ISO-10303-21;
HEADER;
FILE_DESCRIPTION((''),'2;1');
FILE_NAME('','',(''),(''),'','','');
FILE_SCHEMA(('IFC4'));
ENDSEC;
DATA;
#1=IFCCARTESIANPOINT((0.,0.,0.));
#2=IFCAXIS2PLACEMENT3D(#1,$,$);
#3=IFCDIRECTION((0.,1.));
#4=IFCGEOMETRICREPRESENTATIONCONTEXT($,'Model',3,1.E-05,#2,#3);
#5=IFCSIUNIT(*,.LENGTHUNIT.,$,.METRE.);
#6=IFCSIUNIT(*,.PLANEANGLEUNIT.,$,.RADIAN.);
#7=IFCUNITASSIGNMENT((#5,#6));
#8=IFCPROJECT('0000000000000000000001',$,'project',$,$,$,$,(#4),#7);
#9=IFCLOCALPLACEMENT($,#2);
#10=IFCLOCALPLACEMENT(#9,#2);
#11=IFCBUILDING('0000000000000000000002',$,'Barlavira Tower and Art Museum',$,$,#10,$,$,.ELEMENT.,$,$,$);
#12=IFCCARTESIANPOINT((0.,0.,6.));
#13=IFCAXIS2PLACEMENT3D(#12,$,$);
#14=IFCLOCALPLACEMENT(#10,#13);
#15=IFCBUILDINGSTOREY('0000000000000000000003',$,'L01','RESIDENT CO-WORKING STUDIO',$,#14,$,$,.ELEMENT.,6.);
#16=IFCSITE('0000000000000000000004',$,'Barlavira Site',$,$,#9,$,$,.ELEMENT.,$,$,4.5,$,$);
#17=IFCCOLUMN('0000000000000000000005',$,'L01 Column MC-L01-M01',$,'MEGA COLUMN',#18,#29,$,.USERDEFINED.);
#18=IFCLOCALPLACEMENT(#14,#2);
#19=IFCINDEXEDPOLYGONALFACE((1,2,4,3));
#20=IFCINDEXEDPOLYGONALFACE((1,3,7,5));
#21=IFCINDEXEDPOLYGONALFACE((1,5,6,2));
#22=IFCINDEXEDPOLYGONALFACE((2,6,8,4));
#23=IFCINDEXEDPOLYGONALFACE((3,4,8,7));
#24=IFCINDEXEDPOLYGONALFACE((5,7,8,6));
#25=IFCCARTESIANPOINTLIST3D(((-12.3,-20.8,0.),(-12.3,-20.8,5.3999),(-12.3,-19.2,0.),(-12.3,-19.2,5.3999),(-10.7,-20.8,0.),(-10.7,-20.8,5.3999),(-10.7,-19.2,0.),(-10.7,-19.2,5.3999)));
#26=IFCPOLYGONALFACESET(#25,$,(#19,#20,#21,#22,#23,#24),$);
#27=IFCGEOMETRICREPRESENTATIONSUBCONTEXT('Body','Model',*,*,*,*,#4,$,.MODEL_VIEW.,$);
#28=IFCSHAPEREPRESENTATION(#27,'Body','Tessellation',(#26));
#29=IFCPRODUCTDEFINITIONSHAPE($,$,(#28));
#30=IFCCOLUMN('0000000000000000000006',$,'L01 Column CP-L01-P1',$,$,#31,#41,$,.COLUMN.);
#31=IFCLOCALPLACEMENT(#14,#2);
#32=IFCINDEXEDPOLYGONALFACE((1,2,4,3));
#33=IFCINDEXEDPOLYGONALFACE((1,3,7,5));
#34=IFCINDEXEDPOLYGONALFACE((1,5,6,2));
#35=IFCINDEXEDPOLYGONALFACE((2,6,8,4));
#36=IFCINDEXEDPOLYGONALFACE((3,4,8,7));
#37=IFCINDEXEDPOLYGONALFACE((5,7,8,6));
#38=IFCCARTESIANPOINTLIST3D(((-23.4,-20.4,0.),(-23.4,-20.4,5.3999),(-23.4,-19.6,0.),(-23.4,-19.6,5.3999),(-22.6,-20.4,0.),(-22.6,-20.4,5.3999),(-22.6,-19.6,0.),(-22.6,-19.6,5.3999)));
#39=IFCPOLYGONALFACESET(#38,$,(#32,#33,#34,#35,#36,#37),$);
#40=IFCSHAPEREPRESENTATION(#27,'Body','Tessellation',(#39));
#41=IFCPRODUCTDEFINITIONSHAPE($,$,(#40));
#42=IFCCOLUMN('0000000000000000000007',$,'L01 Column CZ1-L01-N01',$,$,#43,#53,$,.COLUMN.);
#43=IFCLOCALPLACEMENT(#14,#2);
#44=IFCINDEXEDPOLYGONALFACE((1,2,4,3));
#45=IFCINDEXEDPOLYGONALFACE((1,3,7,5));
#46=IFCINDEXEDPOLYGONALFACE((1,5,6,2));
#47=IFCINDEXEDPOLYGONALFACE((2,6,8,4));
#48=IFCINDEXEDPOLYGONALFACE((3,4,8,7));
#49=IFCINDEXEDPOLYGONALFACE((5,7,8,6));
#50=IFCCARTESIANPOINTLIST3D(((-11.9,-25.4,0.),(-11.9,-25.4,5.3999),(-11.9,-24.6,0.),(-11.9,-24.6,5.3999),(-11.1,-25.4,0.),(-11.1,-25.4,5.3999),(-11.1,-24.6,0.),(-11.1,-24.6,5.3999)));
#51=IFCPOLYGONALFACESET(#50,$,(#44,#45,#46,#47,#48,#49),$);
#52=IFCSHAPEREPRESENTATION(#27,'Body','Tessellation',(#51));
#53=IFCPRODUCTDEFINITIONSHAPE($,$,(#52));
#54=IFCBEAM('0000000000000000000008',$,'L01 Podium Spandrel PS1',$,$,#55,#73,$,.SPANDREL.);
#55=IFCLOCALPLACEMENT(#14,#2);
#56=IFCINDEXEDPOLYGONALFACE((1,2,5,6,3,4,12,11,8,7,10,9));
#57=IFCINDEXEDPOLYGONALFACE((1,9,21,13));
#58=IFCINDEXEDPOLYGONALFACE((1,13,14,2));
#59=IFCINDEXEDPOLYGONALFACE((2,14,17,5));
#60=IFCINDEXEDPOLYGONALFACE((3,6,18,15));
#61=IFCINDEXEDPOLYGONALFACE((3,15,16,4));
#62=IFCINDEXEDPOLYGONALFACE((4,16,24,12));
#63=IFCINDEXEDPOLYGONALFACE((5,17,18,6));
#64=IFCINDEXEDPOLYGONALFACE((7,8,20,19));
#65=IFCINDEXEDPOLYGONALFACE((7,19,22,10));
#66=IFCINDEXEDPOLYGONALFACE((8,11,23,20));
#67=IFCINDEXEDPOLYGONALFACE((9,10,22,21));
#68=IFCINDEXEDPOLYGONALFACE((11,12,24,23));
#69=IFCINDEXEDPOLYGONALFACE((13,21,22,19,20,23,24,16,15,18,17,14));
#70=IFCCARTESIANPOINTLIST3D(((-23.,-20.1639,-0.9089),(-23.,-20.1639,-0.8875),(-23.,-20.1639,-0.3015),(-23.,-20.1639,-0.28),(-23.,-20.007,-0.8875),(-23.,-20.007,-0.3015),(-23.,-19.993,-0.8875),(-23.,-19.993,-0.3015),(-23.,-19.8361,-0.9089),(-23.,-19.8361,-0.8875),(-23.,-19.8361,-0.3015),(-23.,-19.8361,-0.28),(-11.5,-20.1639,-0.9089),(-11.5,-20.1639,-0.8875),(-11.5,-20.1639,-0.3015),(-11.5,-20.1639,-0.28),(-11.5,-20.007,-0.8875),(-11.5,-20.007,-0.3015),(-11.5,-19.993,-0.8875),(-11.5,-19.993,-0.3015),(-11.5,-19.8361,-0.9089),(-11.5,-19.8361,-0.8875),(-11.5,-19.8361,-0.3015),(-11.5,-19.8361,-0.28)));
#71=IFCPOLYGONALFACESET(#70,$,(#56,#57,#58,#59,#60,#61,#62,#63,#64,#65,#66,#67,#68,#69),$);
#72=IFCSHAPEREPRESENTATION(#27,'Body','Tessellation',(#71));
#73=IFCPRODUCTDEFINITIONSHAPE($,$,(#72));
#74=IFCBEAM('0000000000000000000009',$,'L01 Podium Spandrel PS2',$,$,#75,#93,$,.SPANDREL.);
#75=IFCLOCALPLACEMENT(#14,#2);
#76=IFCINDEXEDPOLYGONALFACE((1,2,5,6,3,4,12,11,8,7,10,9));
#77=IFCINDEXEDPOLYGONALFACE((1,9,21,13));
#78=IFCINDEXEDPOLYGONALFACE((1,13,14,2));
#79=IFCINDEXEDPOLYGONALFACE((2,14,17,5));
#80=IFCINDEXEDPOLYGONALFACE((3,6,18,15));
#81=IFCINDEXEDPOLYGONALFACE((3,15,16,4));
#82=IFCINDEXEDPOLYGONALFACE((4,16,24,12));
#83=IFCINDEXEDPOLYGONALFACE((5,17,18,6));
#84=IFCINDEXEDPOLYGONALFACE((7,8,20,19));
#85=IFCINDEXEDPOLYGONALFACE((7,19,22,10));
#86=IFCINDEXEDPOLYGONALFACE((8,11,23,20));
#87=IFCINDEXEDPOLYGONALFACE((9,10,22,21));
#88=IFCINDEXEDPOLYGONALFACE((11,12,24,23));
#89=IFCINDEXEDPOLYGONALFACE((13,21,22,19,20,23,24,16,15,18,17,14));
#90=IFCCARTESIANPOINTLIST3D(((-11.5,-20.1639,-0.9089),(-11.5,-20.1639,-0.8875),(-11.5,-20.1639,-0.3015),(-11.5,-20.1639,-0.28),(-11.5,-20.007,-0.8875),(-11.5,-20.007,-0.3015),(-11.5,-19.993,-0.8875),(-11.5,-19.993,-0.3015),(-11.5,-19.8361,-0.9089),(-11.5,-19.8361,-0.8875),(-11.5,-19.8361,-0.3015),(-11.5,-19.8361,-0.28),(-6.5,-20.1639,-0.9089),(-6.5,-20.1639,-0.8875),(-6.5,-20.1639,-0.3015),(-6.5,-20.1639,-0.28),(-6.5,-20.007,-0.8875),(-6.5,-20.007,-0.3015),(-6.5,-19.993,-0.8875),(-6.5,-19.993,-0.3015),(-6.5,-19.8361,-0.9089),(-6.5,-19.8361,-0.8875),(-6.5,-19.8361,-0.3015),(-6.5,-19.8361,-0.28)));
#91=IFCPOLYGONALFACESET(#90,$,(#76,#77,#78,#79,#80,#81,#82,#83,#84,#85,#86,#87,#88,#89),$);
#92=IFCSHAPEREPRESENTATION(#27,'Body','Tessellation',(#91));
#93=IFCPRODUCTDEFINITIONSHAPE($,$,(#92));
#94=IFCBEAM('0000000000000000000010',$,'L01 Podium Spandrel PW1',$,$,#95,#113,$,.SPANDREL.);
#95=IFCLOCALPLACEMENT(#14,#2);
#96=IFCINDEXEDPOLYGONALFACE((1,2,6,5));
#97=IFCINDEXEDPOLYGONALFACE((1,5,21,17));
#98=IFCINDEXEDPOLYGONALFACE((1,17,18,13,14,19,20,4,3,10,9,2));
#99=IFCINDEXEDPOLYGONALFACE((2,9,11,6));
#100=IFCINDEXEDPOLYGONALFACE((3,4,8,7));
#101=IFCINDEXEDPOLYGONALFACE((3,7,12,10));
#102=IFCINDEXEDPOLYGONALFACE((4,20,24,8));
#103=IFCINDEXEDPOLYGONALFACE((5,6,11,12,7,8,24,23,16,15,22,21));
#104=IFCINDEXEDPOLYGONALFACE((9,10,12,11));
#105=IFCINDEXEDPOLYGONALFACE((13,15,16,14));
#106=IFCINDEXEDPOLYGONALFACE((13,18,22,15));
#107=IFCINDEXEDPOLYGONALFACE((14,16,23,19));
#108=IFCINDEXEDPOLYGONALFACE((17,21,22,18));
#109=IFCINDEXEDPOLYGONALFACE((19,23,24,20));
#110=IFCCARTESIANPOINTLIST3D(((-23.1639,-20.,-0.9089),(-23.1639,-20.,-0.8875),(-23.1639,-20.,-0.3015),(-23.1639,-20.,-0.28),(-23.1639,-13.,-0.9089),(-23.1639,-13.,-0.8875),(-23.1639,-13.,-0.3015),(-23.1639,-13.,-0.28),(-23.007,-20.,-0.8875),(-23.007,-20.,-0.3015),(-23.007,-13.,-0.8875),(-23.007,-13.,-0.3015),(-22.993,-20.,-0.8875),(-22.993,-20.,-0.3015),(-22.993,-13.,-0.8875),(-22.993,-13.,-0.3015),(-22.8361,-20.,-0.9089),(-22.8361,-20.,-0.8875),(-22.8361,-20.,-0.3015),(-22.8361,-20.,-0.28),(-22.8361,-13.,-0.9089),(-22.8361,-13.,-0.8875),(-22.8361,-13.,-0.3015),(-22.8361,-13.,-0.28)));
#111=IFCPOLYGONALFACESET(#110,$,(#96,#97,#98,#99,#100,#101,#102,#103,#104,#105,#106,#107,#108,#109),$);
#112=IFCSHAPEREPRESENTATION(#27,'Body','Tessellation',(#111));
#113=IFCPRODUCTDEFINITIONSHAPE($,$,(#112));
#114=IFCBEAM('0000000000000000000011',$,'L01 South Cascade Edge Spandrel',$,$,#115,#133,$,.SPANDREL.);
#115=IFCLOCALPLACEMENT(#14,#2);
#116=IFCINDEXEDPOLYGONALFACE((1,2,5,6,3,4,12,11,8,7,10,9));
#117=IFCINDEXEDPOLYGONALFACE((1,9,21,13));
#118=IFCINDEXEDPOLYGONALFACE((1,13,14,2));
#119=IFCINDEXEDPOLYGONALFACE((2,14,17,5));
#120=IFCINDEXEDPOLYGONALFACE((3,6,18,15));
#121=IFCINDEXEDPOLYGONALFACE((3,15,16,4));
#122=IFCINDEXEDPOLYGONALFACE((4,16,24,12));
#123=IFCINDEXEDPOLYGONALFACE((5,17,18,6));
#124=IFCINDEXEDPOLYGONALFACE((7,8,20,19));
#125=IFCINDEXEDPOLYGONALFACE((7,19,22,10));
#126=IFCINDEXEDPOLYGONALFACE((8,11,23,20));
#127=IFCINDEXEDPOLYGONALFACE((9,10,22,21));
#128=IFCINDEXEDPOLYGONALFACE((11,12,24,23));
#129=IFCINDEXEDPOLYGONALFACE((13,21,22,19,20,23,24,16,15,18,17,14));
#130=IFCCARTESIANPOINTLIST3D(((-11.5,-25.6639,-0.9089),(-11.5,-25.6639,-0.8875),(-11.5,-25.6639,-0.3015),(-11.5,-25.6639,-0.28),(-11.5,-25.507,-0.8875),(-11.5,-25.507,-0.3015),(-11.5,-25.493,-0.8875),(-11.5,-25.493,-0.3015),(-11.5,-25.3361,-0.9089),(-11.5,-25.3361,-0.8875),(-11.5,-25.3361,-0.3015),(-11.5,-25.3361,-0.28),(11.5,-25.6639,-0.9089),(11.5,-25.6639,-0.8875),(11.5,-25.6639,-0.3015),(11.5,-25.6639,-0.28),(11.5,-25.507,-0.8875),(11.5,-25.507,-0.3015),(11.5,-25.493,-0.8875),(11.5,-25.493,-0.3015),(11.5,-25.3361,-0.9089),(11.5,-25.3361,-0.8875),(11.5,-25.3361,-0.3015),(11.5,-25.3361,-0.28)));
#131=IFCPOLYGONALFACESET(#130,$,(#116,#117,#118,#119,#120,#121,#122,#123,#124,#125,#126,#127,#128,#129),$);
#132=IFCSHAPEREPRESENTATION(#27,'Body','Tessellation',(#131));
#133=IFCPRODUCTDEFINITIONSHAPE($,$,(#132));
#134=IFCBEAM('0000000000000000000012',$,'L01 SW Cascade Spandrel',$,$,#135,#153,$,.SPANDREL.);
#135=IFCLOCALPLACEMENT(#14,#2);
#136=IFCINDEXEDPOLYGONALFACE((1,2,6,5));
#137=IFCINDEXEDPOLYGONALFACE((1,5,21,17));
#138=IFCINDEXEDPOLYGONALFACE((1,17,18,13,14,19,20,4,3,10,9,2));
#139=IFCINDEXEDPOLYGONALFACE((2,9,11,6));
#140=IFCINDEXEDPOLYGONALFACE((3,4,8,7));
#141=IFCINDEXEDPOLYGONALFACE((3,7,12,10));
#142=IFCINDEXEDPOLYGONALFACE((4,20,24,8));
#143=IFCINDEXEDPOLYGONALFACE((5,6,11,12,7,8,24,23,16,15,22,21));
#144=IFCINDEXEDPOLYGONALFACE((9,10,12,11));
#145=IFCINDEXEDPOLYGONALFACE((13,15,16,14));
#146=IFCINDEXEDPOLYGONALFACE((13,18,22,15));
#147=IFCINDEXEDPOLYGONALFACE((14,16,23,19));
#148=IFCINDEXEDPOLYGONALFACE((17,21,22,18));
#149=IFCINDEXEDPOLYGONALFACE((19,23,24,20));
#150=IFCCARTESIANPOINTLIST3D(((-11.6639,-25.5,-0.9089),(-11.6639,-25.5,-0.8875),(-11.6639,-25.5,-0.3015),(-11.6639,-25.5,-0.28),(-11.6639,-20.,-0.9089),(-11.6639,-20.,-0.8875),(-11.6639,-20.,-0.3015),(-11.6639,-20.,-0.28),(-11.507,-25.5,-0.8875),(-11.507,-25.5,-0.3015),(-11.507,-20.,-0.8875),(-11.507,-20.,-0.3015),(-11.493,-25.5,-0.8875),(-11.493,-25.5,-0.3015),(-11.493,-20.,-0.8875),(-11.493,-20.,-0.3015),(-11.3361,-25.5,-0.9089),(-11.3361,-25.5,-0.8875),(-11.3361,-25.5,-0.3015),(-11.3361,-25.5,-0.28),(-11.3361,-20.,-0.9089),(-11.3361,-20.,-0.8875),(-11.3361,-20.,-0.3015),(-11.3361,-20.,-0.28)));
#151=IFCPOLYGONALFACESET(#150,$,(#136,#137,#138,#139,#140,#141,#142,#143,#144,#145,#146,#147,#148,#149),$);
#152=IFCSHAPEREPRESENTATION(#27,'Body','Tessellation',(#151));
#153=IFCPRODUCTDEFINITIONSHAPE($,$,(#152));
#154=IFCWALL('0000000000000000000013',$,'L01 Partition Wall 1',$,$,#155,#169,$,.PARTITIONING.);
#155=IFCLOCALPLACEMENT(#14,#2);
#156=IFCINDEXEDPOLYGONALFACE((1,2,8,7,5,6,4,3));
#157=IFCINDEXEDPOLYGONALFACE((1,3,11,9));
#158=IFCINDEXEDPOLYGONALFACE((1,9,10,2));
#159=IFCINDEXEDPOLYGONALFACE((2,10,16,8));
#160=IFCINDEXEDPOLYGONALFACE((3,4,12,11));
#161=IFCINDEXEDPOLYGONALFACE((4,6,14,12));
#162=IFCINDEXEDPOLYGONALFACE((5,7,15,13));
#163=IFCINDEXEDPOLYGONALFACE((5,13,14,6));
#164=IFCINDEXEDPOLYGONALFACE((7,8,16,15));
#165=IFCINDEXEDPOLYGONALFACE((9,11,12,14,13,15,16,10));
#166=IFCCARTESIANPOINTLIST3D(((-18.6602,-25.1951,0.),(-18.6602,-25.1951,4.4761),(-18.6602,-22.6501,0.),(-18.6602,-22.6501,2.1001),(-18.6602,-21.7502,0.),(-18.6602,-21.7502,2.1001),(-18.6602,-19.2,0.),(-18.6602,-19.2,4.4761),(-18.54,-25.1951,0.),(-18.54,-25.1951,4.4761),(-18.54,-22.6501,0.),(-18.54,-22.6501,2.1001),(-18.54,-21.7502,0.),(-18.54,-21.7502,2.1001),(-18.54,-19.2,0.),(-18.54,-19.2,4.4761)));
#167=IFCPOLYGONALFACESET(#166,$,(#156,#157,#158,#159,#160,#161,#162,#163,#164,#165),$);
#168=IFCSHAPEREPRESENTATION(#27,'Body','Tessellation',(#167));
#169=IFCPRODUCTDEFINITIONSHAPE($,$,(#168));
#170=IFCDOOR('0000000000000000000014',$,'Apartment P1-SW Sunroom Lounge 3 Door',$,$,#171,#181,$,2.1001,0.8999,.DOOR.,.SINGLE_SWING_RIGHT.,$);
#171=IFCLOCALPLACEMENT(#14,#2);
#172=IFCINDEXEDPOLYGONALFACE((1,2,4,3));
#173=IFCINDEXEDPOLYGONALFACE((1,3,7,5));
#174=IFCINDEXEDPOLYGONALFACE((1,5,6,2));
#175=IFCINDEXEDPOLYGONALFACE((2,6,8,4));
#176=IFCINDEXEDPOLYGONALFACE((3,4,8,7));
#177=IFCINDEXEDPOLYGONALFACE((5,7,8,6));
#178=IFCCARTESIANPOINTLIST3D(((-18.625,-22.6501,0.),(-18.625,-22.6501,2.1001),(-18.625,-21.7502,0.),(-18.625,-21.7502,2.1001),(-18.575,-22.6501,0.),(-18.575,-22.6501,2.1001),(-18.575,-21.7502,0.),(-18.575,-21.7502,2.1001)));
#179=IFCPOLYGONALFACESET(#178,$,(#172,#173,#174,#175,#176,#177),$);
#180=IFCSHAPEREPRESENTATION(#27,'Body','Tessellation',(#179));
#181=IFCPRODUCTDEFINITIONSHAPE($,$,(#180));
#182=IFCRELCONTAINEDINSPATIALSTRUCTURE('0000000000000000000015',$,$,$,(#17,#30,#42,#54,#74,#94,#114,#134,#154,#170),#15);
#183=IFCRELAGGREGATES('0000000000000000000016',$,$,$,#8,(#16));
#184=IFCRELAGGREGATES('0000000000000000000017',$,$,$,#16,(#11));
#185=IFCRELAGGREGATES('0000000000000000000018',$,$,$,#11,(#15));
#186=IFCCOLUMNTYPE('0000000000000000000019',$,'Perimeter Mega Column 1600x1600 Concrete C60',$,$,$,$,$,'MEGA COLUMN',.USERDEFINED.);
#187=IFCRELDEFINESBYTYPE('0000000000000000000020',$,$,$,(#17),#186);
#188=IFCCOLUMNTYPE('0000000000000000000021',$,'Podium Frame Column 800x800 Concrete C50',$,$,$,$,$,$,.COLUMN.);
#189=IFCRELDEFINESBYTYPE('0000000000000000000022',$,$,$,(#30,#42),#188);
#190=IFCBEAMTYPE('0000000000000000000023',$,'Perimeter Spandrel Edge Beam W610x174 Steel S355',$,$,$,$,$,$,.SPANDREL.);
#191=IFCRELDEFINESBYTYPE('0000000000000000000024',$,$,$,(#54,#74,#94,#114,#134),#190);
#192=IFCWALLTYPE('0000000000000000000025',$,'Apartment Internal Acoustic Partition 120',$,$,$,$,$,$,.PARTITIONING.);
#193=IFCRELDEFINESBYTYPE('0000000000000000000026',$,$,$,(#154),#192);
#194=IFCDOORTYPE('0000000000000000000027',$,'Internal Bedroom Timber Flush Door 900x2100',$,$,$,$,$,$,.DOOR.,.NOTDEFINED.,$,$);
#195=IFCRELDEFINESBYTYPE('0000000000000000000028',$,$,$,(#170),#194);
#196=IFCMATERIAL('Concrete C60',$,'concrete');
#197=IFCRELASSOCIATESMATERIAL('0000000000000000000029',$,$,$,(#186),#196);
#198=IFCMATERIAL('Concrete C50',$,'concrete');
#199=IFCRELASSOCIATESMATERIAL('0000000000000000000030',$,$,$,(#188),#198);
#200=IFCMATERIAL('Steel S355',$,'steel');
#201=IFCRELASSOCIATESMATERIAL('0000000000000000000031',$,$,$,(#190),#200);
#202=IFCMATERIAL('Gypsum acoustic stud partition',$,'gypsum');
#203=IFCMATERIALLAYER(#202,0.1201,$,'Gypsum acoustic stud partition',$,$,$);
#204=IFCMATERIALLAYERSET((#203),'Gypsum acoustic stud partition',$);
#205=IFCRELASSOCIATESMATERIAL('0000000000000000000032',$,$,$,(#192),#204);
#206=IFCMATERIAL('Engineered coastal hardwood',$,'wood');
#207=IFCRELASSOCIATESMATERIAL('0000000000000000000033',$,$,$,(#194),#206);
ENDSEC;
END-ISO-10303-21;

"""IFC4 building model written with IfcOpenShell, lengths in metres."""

from ifc_helpers import new_model, si_unit, direction, frame, frame_2d, origin, origin_2d, place, context, subcontext, project, spatial, rectangle, i_section, extrude, material, layer, layer_set, material_profile, profile_set, type_object, element, fill, save


model = new_model("IFC4")

# Units and contexts
model_context = context("Model", 3, precision=1e-05, world=origin(), true_north=direction((0.0, 1.0)))
body_context = subcontext(model_context, "Body", "Model", "MODEL_VIEW")
ifc_project = project(units=[si_unit("LENGTHUNIT", "METRE"), si_unit("PLANEANGLEUNIT", "RADIAN")], contexts=[model_context])

# Site, building, storey
site_placement = place(None, origin())
site = spatial("IfcSite", under=ifc_project, at=site_placement, Name="Barlavira Site", CompositionType="ELEMENT", RefElevation=4.5)
building_placement = place(site_placement, origin())
building = spatial("IfcBuilding", under=site, at=building_placement, Name="Barlavira Tower and Art Museum", CompositionType="ELEMENT")
storey_placement = place(building_placement, frame((0.0, 0.0, 6.0)))
storey = spatial("IfcBuildingStorey", under=building, at=storey_placement, Name="L01", Description="RESIDENT CO-WORKING STUDIO", CompositionType="ELEMENT", Elevation=6.0)

# Columns
ifc_material_1 = material(Name="Concrete C60", Category="concrete")
ifc_material_profile_1 = material_profile(ifc_material_1, rectangle(XDim=1.6001, YDim=1.6001, at=origin_2d()), Name="RC-MCOL 1600x1600")
ifc_profile_set_1 = profile_set([ifc_material_profile_1], Name="Concrete C60")
column_type_1 = type_object("IfcColumnType", Name="Perimeter Mega Column 1600x1600 Concrete C60", ElementType="MEGA COLUMN", PredefinedType="USERDEFINED", material=ifc_profile_set_1)
column_placement = place(storey_placement, frame((-11.5, -20.0, 0.0), z_axis=(0.0, 0.0, 1.0), x_axis=(1.0, 0.0, 0.0)))
element("IfcColumn", 1, at=column_placement, inside=storey, type_object=column_type_1, Name="L01 Column MC-L01-M01", ObjectType="MEGA COLUMN", PredefinedType="USERDEFINED", context=body_context, shape_type="SweptSolid", body=[
    extrude(rectangle(XDim=1.6001, YDim=1.6001, at=origin_2d()), origin(), (0.0, 0.0, 1.0), 5.3999),
])
ifc_material_2 = material(Name="Concrete C50", Category="concrete")
ifc_material_profile_2 = material_profile(ifc_material_2, rectangle(XDim=0.8, YDim=0.8, at=origin_2d()), Name="RC-COL 800x800")
ifc_profile_set_2 = profile_set([ifc_material_profile_2], Name="Concrete C50")
column_type_2 = type_object("IfcColumnType", Name="Podium Frame Column 800x800 Concrete C50", PredefinedType="COLUMN", material=ifc_profile_set_2)
for number, where, z_axis, x_axis, name in (
    (2, (-23.0, -20.0, 0.0), (0.0, 0.0, 1.0), (1.0, 0.0, 0.0), "L01 Column CP-L01-P1"),
    (3, (-11.5, -25.0, 0.0), (0.0, 0.0, 1.0), (1.0, 0.0, 0.0), "L01 Column CZ1-L01-N01"),
):
    element("IfcColumn", number, at=place(storey_placement, frame(where, z_axis=z_axis, x_axis=x_axis)), inside=storey, type_object=column_type_2, Name=name, PredefinedType="COLUMN", context=body_context, shape_type="SweptSolid", body=[
        extrude(rectangle(XDim=0.8, YDim=0.8, at=origin_2d()), origin(), (0.0, 0.0, 1.0), 5.3999),
    ])

# Beams
ifc_material_3 = material(Name="Steel S355", Category="steel")
ifc_material_profile_3 = material_profile(ifc_material_3, i_section(OverallWidth=0.3279, OverallDepth=0.6289, WebThickness=0.0139, FlangeThickness=0.0215, at=origin_2d()), Name="W610x174.0")
ifc_profile_set_3 = profile_set([ifc_material_profile_3], Name="Steel S355")
beam_type = type_object("IfcBeamType", Name="Perimeter Spandrel Edge Beam W610x174 Steel S355", PredefinedType="SPANDREL", material=ifc_profile_set_3)
beam_1_placement = place(storey_placement, frame((-23.0, -20.0, -0.5945), z_axis=(1.0, 0.0, 0.0), x_axis=(0.0, 1.0, 0.0)))
element("IfcBeam", 4, at=beam_1_placement, inside=storey, type_object=beam_type, Name="L01 Podium Spandrel PS1", PredefinedType="SPANDREL", context=body_context, shape_type="SweptSolid", body=[
    extrude(i_section(OverallWidth=0.3279, OverallDepth=0.6289, WebThickness=0.0139, FlangeThickness=0.0215, at=origin_2d()), origin(), (0.0, 0.0, 1.0), 11.5),
])
beam_2_placement = place(storey_placement, frame((-11.5, -20.0, -0.5945), z_axis=(1.0, 0.0, 0.0), x_axis=(0.0, 1.0, 0.0)))
element("IfcBeam", 5, at=beam_2_placement, inside=storey, type_object=beam_type, Name="L01 Podium Spandrel PS2", PredefinedType="SPANDREL", context=body_context, shape_type="SweptSolid", body=[
    extrude(i_section(OverallWidth=0.3279, OverallDepth=0.6289, WebThickness=0.0139, FlangeThickness=0.0215, at=origin_2d()), origin(), (0.0, 0.0, 1.0), 5.0),
])
beam_3_placement = place(storey_placement, frame((-23.0, -20.0, -0.5945), z_axis=(0.0, 1.0, 0.0), x_axis=(-1.0, 0.0, 0.0)))
element("IfcBeam", 6, at=beam_3_placement, inside=storey, type_object=beam_type, Name="L01 Podium Spandrel PW1", PredefinedType="SPANDREL", context=body_context, shape_type="SweptSolid", body=[
    extrude(i_section(OverallWidth=0.3279, OverallDepth=0.6289, WebThickness=0.0139, FlangeThickness=0.0215, at=origin_2d()), origin(), (0.0, 0.0, 1.0), 7.0),
])
beam_4_placement = place(storey_placement, frame((-11.5, -25.5, -0.5945), z_axis=(1.0, 0.0, 0.0), x_axis=(0.0, 1.0, 0.0)))
element("IfcBeam", 7, at=beam_4_placement, inside=storey, type_object=beam_type, Name="L01 South Cascade Edge Spandrel", PredefinedType="SPANDREL", context=body_context, shape_type="SweptSolid", body=[
    extrude(i_section(OverallWidth=0.3279, OverallDepth=0.6289, WebThickness=0.0139, FlangeThickness=0.0215, at=origin_2d()), origin(), (0.0, 0.0, 1.0), 23.0),
])
beam_5_placement = place(storey_placement, frame((-11.5, -25.5, -0.5945), z_axis=(0.0, 1.0, 0.0), x_axis=(-1.0, 0.0, 0.0)))
element("IfcBeam", 8, at=beam_5_placement, inside=storey, type_object=beam_type, Name="L01 SW Cascade Spandrel", PredefinedType="SPANDREL", context=body_context, shape_type="SweptSolid", body=[
    extrude(i_section(OverallWidth=0.3279, OverallDepth=0.6289, WebThickness=0.0139, FlangeThickness=0.0215, at=origin_2d()), origin(), (0.0, 0.0, 1.0), 5.5),
])

# Wall, opening, door
ifc_material_4 = material(Name="Gypsum acoustic stud partition", Category="gypsum")
ifc_layer_1 = layer(ifc_material_4, 0.1201, Name="Gypsum acoustic stud partition")
ifc_layer_set_1 = layer_set([ifc_layer_1], Name="Gypsum acoustic stud partition")
wall_type_1 = type_object("IfcWallType", Name="Apartment Internal Acoustic Partition 120", PredefinedType="PARTITIONING", material=ifc_layer_set_1)
wall_1_placement = place(storey_placement, frame((-18.6001, -25.1951, 0.0), z_axis=(0.0, 0.0, 1.0), x_axis=(0.0, 1.0, 0.0)))
wall_1 = element("IfcWall", 9, at=wall_1_placement, inside=storey, type_object=wall_type_1, Name="L01 Partition Wall 1", PredefinedType="PARTITIONING", context=body_context, shape_type="SweptSolid", body=[
    extrude(rectangle(XDim=5.9951, YDim=0.1201, at=frame_2d((2.9976, 0.0))), origin(), (0.0, 0.0, 1.0), 4.4761),
])
opening_1_placement = place(wall_1_placement, frame((2.5449, 0.0, 0.0)))
opening_1 = element("IfcOpeningElement", 10, at=opening_1_placement, cuts=wall_1, PredefinedType="OPENING", context=body_context, shape_type="SweptSolid", body=[
    extrude(rectangle(XDim=0.8999, YDim=2.1001, at=frame_2d((0.45, 1.05))), frame((0.0, 0.0701, 0.0), z_axis=(0.0, -1.0, 0.0), x_axis=(1.0, 0.0, 0.0)), (0.0, 0.0, 1.0), 0.1401),
])
ifc_material_5 = material(Name="Engineered coastal hardwood", Category="wood")
door_type = type_object("IfcDoorType", Name="Internal Bedroom Timber Flush Door 900x2100", OperationType="NOTDEFINED", PredefinedType="DOOR", material=ifc_material_5)
door_1_placement = place(opening_1_placement, origin())
door_1 = element("IfcDoor", 11, at=door_1_placement, inside=storey, type_object=door_type, Name="Apartment P1-SW Sunroom Lounge 3 Door", OperationType="SINGLE_SWING_RIGHT", OverallHeight=2.1001, OverallWidth=0.8999, PredefinedType="DOOR", context=body_context, shape_type="SweptSolid", body=[
    extrude(rectangle(XDim=0.8999, YDim=2.1001, at=frame_2d((0.45, 1.05))), frame((0.0, 0.0249, 0.0), z_axis=(0.0, -1.0, 0.0), x_axis=(1.0, 0.0, 0.0)), (0.0, 0.0, 1.0), 0.05),
])
fill(opening_1, door_1)

save(model, "model.ifc")
